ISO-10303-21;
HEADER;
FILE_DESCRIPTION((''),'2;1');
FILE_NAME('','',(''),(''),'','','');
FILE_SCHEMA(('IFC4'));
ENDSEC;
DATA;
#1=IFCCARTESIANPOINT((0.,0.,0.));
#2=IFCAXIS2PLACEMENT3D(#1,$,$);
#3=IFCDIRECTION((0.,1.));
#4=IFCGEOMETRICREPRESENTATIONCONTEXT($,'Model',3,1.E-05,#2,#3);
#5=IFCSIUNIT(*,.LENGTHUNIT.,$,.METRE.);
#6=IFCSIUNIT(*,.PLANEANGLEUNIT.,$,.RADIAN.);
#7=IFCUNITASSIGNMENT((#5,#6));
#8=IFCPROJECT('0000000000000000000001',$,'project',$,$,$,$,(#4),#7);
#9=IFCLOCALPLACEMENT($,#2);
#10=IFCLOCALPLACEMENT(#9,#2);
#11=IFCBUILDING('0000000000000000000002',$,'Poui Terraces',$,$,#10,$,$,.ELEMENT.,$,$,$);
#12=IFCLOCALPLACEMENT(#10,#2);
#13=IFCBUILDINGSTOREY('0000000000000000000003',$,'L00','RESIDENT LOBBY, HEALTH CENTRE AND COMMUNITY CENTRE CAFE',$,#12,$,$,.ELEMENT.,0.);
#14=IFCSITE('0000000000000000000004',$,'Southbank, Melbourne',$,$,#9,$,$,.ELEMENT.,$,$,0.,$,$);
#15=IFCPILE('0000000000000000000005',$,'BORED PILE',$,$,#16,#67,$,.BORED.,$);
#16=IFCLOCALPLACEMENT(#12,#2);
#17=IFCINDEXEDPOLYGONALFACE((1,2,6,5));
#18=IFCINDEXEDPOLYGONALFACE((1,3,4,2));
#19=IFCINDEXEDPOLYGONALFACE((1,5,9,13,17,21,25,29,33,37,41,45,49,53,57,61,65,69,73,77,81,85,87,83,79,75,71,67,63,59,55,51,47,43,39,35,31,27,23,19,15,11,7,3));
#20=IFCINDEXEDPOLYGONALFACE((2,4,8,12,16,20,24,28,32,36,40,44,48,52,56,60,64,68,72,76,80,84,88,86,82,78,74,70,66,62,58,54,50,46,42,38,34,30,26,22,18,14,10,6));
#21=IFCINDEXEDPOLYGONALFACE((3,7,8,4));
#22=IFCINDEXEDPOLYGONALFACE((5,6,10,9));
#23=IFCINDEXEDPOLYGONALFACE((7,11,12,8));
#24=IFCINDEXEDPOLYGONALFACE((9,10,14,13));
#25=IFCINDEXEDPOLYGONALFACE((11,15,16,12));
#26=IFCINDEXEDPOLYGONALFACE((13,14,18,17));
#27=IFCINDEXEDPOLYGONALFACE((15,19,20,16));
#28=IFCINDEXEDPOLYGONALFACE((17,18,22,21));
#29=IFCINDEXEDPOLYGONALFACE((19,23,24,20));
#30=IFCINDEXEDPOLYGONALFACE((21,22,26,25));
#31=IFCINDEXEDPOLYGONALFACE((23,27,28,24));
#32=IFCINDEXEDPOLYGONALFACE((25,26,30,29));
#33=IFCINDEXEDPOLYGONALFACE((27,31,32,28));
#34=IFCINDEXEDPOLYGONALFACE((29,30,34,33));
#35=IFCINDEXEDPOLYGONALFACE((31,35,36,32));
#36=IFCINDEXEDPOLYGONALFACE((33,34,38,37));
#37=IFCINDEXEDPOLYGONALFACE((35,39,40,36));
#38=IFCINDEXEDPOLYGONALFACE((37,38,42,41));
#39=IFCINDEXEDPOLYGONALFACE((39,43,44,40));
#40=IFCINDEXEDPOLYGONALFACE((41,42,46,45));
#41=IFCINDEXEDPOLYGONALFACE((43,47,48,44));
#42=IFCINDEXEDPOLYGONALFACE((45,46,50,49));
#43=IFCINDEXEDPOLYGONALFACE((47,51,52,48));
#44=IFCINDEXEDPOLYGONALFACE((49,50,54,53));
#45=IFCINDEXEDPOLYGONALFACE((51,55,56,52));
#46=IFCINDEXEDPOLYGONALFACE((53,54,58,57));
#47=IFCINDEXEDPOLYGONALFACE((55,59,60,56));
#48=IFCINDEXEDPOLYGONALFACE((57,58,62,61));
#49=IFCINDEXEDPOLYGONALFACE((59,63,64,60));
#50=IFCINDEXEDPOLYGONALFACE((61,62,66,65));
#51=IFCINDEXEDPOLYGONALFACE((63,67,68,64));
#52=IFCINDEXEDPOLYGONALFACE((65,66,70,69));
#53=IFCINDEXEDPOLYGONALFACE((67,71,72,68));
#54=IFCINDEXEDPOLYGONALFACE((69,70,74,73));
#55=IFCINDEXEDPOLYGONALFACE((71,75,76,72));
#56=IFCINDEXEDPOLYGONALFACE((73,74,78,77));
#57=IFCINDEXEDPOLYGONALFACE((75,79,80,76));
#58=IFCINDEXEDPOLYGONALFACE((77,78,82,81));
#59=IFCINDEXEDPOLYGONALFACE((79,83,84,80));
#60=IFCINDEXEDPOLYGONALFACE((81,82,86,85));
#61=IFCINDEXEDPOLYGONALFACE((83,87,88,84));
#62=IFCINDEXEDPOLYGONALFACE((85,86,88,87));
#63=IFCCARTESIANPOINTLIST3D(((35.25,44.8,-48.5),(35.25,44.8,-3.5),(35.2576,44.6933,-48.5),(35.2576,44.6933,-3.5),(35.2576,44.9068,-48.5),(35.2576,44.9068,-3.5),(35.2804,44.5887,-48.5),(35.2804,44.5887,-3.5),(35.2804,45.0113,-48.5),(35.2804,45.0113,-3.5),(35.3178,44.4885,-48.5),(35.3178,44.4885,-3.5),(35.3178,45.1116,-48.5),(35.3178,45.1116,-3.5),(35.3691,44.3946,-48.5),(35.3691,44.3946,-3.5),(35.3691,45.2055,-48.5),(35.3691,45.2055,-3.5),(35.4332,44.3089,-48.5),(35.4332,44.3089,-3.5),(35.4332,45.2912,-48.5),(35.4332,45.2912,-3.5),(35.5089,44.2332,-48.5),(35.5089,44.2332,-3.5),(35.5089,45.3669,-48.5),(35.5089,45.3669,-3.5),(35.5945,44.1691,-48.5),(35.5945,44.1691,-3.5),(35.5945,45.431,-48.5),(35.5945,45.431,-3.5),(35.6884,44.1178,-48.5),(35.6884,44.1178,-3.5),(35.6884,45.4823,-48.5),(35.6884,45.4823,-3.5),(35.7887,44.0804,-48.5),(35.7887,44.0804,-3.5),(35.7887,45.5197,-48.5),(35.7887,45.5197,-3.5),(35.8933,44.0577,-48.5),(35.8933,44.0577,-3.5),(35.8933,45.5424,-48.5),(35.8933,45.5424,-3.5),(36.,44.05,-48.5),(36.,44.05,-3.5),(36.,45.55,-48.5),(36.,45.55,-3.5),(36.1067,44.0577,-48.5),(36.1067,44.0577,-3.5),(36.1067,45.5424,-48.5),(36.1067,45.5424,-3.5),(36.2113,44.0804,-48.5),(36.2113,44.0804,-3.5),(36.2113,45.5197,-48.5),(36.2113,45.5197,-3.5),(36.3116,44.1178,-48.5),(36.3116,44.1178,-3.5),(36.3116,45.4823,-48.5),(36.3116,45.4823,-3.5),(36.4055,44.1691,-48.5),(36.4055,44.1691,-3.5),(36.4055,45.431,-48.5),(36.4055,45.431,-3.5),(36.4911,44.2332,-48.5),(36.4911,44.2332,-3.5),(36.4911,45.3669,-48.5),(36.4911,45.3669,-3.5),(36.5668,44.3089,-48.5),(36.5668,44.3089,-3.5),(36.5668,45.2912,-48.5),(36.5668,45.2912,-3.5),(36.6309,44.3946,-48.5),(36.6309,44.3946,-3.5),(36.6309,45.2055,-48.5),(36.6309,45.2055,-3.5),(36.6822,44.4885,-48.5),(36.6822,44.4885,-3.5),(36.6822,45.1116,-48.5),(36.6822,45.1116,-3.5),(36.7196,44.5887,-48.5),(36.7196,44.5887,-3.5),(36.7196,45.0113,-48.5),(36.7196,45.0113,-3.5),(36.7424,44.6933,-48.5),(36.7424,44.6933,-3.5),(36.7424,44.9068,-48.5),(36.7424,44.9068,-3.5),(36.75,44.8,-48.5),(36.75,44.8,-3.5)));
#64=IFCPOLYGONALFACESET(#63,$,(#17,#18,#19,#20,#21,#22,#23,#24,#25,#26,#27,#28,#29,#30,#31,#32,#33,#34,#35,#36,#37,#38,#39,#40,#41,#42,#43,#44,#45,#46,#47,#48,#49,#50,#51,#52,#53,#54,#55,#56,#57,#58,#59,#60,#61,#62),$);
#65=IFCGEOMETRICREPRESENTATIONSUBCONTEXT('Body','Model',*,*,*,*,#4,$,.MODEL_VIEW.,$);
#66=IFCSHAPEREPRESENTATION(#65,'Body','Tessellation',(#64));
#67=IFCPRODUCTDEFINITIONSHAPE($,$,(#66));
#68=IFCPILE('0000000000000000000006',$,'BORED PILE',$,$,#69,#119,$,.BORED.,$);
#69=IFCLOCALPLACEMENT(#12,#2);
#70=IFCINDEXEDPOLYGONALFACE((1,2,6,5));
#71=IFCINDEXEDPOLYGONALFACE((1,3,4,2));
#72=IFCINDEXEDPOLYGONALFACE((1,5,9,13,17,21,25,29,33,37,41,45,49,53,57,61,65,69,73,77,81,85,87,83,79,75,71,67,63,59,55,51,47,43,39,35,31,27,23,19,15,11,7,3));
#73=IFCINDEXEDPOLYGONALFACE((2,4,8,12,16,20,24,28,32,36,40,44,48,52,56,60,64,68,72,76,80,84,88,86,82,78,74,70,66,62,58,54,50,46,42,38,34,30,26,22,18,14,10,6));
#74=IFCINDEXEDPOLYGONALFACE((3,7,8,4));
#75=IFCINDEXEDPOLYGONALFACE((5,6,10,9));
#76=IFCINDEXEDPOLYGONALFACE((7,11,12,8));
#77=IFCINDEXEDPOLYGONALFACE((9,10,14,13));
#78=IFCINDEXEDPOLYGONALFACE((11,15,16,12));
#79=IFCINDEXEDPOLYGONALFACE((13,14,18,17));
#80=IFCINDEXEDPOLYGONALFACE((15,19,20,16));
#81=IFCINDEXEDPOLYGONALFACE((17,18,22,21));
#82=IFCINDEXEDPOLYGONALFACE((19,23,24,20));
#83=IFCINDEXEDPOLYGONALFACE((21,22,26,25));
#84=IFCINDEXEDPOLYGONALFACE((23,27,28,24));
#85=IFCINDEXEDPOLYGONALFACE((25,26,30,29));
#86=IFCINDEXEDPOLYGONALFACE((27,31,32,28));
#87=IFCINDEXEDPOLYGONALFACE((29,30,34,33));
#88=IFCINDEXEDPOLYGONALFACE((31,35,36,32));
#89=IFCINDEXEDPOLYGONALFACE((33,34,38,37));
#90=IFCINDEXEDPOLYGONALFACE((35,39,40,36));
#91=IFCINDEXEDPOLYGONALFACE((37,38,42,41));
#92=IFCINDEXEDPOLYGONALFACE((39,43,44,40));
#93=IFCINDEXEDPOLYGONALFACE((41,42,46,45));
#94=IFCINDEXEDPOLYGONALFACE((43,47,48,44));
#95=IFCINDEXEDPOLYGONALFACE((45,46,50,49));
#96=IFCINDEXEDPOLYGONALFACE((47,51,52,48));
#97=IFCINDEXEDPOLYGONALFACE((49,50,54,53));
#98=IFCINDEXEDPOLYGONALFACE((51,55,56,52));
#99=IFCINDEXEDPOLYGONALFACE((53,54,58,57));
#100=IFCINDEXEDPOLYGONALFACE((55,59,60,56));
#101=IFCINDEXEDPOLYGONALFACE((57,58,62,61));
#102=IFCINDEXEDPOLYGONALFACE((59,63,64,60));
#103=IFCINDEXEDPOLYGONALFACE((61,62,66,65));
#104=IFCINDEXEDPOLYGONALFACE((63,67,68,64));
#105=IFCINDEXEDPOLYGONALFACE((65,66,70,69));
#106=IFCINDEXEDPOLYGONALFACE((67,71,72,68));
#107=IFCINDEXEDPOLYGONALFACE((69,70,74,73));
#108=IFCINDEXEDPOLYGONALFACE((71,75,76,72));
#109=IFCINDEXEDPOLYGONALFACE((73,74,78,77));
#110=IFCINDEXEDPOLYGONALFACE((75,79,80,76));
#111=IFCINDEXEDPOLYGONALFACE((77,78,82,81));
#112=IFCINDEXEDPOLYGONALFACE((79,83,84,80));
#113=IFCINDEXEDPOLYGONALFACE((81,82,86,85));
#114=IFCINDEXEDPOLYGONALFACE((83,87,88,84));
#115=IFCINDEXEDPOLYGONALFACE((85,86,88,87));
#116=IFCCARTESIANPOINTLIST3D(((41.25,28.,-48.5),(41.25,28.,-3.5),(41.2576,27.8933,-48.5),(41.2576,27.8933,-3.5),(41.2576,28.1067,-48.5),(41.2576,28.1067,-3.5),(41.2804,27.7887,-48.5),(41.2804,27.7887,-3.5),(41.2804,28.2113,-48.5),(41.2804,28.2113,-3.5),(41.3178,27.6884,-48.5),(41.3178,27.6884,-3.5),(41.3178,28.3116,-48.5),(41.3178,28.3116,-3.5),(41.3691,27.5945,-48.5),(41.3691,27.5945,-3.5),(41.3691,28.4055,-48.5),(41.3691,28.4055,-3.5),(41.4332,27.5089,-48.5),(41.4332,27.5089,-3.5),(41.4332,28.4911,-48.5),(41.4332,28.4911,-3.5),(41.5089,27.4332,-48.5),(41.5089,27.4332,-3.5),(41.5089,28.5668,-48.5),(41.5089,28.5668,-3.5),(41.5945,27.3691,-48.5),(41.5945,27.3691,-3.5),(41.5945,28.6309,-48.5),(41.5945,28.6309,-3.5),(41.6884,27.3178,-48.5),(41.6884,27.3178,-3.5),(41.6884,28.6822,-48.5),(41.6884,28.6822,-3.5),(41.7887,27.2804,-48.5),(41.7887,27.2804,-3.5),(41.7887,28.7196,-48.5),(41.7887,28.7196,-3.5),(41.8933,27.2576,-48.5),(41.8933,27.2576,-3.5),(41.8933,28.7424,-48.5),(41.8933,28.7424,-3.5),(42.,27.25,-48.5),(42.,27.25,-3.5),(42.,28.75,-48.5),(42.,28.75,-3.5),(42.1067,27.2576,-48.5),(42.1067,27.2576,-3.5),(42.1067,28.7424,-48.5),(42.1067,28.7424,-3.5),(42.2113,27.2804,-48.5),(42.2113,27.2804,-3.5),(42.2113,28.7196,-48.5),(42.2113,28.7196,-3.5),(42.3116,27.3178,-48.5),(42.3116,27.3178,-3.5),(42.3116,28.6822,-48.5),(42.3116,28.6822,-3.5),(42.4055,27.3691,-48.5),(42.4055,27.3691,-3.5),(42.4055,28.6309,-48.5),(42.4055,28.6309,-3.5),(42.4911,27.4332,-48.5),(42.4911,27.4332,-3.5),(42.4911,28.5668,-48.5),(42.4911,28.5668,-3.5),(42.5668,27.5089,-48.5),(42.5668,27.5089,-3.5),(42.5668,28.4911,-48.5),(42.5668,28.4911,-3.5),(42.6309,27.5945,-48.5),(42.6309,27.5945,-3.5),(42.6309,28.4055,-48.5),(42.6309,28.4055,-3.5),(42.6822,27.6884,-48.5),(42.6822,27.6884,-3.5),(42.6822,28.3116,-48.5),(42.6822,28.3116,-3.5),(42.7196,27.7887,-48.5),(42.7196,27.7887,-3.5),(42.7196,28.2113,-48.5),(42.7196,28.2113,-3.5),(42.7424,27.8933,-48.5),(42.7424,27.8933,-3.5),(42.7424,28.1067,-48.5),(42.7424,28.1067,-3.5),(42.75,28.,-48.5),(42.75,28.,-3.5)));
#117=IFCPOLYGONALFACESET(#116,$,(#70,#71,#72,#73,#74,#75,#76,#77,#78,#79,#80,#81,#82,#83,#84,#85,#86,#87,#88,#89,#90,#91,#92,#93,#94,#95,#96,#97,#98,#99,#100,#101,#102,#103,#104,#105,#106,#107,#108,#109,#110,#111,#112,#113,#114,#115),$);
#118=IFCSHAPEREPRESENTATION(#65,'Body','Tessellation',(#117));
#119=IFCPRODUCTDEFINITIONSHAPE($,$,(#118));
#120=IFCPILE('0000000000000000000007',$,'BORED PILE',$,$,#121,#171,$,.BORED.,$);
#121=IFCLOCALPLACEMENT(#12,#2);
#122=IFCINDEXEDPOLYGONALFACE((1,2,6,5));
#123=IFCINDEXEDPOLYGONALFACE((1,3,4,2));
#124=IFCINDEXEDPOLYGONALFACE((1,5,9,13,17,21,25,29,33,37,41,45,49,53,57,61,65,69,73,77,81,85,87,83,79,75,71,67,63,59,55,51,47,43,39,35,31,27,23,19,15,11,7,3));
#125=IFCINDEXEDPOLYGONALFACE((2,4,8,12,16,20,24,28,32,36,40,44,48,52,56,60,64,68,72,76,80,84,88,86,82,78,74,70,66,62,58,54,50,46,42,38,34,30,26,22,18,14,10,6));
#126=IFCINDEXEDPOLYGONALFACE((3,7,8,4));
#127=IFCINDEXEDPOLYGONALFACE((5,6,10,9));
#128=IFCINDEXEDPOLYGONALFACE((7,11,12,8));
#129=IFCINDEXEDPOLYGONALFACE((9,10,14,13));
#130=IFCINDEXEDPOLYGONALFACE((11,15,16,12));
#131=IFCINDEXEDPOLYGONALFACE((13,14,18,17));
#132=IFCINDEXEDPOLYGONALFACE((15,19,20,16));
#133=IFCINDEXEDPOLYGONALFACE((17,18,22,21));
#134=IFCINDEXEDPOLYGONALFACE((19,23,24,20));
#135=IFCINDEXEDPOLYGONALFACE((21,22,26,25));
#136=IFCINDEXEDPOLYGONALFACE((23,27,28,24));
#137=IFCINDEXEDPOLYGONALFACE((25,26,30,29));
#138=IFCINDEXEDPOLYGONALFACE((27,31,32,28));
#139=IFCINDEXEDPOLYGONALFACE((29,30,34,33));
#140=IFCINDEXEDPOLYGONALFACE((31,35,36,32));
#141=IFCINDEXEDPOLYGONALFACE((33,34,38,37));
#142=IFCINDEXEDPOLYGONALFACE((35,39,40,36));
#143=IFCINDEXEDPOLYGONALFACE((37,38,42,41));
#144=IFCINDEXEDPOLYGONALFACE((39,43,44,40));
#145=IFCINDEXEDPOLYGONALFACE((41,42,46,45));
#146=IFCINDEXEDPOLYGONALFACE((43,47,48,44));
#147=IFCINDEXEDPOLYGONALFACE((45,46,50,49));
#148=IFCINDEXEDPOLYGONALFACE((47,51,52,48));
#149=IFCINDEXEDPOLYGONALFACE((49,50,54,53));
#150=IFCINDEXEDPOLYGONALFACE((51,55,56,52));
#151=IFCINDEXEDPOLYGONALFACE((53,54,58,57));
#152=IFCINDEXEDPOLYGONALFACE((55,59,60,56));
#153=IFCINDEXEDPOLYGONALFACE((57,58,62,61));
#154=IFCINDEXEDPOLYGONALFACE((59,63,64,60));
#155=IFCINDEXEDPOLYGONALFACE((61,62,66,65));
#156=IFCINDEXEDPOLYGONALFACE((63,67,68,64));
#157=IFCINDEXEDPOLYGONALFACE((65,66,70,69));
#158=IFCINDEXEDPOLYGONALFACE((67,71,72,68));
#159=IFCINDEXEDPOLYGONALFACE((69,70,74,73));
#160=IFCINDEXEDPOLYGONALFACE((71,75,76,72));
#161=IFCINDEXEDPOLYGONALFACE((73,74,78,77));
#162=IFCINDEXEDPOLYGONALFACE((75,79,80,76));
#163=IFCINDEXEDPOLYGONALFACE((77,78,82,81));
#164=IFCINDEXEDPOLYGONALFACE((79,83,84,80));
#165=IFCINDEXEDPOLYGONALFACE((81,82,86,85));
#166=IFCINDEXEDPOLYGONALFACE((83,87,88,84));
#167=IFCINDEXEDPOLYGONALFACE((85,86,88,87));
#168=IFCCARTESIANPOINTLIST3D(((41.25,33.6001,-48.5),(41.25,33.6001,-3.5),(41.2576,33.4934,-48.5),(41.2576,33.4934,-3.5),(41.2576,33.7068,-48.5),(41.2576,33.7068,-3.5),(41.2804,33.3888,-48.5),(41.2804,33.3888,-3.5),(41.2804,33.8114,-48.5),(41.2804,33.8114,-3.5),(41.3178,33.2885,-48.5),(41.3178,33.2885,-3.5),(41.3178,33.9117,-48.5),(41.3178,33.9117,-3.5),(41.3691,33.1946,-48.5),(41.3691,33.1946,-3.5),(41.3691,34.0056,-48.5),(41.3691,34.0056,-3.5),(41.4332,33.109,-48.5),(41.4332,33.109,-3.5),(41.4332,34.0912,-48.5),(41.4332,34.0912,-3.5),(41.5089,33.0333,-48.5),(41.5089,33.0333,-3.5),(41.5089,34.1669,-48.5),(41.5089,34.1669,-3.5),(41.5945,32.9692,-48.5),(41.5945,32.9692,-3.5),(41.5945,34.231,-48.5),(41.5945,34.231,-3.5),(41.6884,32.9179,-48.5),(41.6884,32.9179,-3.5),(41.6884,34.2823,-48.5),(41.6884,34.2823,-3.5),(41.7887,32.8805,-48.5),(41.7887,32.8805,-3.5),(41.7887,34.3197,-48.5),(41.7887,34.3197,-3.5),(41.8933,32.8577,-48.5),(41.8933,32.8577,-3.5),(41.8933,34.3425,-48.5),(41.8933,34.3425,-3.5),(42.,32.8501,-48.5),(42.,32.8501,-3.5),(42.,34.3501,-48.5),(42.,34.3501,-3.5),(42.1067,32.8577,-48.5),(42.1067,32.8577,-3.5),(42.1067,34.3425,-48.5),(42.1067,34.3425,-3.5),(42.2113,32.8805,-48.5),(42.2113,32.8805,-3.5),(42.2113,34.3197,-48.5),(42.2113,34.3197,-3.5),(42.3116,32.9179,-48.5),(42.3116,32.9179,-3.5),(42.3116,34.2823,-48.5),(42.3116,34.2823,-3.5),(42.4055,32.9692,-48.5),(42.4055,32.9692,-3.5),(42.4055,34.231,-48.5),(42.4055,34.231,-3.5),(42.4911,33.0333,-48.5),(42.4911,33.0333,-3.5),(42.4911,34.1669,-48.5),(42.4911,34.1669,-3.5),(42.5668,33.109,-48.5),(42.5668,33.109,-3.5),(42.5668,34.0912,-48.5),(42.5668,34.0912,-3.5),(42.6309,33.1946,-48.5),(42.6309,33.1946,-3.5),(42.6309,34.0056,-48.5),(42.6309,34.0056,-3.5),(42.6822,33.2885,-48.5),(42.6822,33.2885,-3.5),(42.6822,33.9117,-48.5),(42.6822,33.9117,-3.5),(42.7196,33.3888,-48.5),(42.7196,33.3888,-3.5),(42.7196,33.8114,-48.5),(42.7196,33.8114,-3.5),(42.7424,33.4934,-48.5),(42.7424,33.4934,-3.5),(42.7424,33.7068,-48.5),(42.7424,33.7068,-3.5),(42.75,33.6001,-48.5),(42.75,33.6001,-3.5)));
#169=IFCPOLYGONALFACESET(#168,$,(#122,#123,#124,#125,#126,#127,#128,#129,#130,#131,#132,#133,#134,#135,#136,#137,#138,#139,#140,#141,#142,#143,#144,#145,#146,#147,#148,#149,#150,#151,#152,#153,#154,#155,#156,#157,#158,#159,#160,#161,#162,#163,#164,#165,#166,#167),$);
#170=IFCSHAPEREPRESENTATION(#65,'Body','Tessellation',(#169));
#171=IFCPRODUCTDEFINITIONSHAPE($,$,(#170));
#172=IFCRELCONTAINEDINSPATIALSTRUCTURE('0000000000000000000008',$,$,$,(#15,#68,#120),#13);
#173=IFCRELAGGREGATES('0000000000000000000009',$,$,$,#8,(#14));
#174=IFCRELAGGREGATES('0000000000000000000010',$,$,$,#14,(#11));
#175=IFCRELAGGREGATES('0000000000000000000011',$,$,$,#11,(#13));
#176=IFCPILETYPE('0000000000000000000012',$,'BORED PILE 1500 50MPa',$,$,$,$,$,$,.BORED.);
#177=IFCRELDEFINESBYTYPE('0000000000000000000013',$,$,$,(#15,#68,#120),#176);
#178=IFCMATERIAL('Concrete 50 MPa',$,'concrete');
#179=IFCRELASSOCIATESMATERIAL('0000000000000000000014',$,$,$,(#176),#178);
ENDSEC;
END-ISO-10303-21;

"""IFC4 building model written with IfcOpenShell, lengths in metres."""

from ifc_helpers import new_model, si_unit, direction, frame, origin, origin_2d, place, context, subcontext, project, spatial, circle, extrude, material, material_profile, profile_set, type_object, element, save


model = new_model("IFC4")

# Units and contexts
model_context = context("Model", 3, precision=1e-05, world=origin(), true_north=direction((0.0, 1.0)))
body_context = subcontext(model_context, "Body", "Model", "MODEL_VIEW")
ifc_project = project(units=[si_unit("LENGTHUNIT", "METRE"), si_unit("PLANEANGLEUNIT", "RADIAN")], contexts=[model_context])

# Site, building, storey
site_placement = place(None, origin())
site = spatial("IfcSite", under=ifc_project, at=site_placement, Name="Southbank, Melbourne", CompositionType="ELEMENT", RefElevation=0.0)
building_placement = place(site_placement, origin())
building = spatial("IfcBuilding", under=site, at=building_placement, Name="Poui Terraces", CompositionType="ELEMENT")
storey_placement = place(building_placement, origin())
storey = spatial("IfcBuildingStorey", under=building, at=storey_placement, Name="L00", Description="RESIDENT LOBBY, HEALTH CENTRE AND COMMUNITY CENTRE CAFE", CompositionType="ELEMENT", Elevation=0.0)

# Piles
ifc_material_1 = material(Name="Concrete 50 MPa", Category="concrete")
ifc_material_profile_1 = material_profile(ifc_material_1, circle(Radius=0.75, at=origin_2d()), Name="RC D1500")
ifc_profile_set_1 = profile_set([ifc_material_profile_1], Name="Concrete 50 MPa")
pile_type = type_object("IfcPileType", Name="BORED PILE 1500 50MPa", PredefinedType="BORED", material=ifc_profile_set_1)
for number, where, z_axis, x_axis, name in (
    (1, (36.0, 44.8, -3.5), (0.0, 0.0, -1.0), (1.0, 0.0, 0.0), "BORED PILE"),
    (2, (42.0, 28.0, -3.5), (0.0, 0.0, -1.0), (1.0, 0.0, 0.0), "BORED PILE"),
    (3, (42.0, 33.6001, -3.5), (0.0, 0.0, -1.0), (1.0, 0.0, 0.0), "BORED PILE"),
):
    element("IfcPile", number, at=place(storey_placement, frame(where, z_axis=z_axis, x_axis=x_axis)), inside=storey, type_object=pile_type, Name=name, PredefinedType="BORED", context=body_context, shape_type="SweptSolid", body=[
        extrude(circle(Radius=0.75, at=origin_2d()), origin(), (0.0, 0.0, 1.0), 45.0),
    ])

save(model, "model.ifc")
